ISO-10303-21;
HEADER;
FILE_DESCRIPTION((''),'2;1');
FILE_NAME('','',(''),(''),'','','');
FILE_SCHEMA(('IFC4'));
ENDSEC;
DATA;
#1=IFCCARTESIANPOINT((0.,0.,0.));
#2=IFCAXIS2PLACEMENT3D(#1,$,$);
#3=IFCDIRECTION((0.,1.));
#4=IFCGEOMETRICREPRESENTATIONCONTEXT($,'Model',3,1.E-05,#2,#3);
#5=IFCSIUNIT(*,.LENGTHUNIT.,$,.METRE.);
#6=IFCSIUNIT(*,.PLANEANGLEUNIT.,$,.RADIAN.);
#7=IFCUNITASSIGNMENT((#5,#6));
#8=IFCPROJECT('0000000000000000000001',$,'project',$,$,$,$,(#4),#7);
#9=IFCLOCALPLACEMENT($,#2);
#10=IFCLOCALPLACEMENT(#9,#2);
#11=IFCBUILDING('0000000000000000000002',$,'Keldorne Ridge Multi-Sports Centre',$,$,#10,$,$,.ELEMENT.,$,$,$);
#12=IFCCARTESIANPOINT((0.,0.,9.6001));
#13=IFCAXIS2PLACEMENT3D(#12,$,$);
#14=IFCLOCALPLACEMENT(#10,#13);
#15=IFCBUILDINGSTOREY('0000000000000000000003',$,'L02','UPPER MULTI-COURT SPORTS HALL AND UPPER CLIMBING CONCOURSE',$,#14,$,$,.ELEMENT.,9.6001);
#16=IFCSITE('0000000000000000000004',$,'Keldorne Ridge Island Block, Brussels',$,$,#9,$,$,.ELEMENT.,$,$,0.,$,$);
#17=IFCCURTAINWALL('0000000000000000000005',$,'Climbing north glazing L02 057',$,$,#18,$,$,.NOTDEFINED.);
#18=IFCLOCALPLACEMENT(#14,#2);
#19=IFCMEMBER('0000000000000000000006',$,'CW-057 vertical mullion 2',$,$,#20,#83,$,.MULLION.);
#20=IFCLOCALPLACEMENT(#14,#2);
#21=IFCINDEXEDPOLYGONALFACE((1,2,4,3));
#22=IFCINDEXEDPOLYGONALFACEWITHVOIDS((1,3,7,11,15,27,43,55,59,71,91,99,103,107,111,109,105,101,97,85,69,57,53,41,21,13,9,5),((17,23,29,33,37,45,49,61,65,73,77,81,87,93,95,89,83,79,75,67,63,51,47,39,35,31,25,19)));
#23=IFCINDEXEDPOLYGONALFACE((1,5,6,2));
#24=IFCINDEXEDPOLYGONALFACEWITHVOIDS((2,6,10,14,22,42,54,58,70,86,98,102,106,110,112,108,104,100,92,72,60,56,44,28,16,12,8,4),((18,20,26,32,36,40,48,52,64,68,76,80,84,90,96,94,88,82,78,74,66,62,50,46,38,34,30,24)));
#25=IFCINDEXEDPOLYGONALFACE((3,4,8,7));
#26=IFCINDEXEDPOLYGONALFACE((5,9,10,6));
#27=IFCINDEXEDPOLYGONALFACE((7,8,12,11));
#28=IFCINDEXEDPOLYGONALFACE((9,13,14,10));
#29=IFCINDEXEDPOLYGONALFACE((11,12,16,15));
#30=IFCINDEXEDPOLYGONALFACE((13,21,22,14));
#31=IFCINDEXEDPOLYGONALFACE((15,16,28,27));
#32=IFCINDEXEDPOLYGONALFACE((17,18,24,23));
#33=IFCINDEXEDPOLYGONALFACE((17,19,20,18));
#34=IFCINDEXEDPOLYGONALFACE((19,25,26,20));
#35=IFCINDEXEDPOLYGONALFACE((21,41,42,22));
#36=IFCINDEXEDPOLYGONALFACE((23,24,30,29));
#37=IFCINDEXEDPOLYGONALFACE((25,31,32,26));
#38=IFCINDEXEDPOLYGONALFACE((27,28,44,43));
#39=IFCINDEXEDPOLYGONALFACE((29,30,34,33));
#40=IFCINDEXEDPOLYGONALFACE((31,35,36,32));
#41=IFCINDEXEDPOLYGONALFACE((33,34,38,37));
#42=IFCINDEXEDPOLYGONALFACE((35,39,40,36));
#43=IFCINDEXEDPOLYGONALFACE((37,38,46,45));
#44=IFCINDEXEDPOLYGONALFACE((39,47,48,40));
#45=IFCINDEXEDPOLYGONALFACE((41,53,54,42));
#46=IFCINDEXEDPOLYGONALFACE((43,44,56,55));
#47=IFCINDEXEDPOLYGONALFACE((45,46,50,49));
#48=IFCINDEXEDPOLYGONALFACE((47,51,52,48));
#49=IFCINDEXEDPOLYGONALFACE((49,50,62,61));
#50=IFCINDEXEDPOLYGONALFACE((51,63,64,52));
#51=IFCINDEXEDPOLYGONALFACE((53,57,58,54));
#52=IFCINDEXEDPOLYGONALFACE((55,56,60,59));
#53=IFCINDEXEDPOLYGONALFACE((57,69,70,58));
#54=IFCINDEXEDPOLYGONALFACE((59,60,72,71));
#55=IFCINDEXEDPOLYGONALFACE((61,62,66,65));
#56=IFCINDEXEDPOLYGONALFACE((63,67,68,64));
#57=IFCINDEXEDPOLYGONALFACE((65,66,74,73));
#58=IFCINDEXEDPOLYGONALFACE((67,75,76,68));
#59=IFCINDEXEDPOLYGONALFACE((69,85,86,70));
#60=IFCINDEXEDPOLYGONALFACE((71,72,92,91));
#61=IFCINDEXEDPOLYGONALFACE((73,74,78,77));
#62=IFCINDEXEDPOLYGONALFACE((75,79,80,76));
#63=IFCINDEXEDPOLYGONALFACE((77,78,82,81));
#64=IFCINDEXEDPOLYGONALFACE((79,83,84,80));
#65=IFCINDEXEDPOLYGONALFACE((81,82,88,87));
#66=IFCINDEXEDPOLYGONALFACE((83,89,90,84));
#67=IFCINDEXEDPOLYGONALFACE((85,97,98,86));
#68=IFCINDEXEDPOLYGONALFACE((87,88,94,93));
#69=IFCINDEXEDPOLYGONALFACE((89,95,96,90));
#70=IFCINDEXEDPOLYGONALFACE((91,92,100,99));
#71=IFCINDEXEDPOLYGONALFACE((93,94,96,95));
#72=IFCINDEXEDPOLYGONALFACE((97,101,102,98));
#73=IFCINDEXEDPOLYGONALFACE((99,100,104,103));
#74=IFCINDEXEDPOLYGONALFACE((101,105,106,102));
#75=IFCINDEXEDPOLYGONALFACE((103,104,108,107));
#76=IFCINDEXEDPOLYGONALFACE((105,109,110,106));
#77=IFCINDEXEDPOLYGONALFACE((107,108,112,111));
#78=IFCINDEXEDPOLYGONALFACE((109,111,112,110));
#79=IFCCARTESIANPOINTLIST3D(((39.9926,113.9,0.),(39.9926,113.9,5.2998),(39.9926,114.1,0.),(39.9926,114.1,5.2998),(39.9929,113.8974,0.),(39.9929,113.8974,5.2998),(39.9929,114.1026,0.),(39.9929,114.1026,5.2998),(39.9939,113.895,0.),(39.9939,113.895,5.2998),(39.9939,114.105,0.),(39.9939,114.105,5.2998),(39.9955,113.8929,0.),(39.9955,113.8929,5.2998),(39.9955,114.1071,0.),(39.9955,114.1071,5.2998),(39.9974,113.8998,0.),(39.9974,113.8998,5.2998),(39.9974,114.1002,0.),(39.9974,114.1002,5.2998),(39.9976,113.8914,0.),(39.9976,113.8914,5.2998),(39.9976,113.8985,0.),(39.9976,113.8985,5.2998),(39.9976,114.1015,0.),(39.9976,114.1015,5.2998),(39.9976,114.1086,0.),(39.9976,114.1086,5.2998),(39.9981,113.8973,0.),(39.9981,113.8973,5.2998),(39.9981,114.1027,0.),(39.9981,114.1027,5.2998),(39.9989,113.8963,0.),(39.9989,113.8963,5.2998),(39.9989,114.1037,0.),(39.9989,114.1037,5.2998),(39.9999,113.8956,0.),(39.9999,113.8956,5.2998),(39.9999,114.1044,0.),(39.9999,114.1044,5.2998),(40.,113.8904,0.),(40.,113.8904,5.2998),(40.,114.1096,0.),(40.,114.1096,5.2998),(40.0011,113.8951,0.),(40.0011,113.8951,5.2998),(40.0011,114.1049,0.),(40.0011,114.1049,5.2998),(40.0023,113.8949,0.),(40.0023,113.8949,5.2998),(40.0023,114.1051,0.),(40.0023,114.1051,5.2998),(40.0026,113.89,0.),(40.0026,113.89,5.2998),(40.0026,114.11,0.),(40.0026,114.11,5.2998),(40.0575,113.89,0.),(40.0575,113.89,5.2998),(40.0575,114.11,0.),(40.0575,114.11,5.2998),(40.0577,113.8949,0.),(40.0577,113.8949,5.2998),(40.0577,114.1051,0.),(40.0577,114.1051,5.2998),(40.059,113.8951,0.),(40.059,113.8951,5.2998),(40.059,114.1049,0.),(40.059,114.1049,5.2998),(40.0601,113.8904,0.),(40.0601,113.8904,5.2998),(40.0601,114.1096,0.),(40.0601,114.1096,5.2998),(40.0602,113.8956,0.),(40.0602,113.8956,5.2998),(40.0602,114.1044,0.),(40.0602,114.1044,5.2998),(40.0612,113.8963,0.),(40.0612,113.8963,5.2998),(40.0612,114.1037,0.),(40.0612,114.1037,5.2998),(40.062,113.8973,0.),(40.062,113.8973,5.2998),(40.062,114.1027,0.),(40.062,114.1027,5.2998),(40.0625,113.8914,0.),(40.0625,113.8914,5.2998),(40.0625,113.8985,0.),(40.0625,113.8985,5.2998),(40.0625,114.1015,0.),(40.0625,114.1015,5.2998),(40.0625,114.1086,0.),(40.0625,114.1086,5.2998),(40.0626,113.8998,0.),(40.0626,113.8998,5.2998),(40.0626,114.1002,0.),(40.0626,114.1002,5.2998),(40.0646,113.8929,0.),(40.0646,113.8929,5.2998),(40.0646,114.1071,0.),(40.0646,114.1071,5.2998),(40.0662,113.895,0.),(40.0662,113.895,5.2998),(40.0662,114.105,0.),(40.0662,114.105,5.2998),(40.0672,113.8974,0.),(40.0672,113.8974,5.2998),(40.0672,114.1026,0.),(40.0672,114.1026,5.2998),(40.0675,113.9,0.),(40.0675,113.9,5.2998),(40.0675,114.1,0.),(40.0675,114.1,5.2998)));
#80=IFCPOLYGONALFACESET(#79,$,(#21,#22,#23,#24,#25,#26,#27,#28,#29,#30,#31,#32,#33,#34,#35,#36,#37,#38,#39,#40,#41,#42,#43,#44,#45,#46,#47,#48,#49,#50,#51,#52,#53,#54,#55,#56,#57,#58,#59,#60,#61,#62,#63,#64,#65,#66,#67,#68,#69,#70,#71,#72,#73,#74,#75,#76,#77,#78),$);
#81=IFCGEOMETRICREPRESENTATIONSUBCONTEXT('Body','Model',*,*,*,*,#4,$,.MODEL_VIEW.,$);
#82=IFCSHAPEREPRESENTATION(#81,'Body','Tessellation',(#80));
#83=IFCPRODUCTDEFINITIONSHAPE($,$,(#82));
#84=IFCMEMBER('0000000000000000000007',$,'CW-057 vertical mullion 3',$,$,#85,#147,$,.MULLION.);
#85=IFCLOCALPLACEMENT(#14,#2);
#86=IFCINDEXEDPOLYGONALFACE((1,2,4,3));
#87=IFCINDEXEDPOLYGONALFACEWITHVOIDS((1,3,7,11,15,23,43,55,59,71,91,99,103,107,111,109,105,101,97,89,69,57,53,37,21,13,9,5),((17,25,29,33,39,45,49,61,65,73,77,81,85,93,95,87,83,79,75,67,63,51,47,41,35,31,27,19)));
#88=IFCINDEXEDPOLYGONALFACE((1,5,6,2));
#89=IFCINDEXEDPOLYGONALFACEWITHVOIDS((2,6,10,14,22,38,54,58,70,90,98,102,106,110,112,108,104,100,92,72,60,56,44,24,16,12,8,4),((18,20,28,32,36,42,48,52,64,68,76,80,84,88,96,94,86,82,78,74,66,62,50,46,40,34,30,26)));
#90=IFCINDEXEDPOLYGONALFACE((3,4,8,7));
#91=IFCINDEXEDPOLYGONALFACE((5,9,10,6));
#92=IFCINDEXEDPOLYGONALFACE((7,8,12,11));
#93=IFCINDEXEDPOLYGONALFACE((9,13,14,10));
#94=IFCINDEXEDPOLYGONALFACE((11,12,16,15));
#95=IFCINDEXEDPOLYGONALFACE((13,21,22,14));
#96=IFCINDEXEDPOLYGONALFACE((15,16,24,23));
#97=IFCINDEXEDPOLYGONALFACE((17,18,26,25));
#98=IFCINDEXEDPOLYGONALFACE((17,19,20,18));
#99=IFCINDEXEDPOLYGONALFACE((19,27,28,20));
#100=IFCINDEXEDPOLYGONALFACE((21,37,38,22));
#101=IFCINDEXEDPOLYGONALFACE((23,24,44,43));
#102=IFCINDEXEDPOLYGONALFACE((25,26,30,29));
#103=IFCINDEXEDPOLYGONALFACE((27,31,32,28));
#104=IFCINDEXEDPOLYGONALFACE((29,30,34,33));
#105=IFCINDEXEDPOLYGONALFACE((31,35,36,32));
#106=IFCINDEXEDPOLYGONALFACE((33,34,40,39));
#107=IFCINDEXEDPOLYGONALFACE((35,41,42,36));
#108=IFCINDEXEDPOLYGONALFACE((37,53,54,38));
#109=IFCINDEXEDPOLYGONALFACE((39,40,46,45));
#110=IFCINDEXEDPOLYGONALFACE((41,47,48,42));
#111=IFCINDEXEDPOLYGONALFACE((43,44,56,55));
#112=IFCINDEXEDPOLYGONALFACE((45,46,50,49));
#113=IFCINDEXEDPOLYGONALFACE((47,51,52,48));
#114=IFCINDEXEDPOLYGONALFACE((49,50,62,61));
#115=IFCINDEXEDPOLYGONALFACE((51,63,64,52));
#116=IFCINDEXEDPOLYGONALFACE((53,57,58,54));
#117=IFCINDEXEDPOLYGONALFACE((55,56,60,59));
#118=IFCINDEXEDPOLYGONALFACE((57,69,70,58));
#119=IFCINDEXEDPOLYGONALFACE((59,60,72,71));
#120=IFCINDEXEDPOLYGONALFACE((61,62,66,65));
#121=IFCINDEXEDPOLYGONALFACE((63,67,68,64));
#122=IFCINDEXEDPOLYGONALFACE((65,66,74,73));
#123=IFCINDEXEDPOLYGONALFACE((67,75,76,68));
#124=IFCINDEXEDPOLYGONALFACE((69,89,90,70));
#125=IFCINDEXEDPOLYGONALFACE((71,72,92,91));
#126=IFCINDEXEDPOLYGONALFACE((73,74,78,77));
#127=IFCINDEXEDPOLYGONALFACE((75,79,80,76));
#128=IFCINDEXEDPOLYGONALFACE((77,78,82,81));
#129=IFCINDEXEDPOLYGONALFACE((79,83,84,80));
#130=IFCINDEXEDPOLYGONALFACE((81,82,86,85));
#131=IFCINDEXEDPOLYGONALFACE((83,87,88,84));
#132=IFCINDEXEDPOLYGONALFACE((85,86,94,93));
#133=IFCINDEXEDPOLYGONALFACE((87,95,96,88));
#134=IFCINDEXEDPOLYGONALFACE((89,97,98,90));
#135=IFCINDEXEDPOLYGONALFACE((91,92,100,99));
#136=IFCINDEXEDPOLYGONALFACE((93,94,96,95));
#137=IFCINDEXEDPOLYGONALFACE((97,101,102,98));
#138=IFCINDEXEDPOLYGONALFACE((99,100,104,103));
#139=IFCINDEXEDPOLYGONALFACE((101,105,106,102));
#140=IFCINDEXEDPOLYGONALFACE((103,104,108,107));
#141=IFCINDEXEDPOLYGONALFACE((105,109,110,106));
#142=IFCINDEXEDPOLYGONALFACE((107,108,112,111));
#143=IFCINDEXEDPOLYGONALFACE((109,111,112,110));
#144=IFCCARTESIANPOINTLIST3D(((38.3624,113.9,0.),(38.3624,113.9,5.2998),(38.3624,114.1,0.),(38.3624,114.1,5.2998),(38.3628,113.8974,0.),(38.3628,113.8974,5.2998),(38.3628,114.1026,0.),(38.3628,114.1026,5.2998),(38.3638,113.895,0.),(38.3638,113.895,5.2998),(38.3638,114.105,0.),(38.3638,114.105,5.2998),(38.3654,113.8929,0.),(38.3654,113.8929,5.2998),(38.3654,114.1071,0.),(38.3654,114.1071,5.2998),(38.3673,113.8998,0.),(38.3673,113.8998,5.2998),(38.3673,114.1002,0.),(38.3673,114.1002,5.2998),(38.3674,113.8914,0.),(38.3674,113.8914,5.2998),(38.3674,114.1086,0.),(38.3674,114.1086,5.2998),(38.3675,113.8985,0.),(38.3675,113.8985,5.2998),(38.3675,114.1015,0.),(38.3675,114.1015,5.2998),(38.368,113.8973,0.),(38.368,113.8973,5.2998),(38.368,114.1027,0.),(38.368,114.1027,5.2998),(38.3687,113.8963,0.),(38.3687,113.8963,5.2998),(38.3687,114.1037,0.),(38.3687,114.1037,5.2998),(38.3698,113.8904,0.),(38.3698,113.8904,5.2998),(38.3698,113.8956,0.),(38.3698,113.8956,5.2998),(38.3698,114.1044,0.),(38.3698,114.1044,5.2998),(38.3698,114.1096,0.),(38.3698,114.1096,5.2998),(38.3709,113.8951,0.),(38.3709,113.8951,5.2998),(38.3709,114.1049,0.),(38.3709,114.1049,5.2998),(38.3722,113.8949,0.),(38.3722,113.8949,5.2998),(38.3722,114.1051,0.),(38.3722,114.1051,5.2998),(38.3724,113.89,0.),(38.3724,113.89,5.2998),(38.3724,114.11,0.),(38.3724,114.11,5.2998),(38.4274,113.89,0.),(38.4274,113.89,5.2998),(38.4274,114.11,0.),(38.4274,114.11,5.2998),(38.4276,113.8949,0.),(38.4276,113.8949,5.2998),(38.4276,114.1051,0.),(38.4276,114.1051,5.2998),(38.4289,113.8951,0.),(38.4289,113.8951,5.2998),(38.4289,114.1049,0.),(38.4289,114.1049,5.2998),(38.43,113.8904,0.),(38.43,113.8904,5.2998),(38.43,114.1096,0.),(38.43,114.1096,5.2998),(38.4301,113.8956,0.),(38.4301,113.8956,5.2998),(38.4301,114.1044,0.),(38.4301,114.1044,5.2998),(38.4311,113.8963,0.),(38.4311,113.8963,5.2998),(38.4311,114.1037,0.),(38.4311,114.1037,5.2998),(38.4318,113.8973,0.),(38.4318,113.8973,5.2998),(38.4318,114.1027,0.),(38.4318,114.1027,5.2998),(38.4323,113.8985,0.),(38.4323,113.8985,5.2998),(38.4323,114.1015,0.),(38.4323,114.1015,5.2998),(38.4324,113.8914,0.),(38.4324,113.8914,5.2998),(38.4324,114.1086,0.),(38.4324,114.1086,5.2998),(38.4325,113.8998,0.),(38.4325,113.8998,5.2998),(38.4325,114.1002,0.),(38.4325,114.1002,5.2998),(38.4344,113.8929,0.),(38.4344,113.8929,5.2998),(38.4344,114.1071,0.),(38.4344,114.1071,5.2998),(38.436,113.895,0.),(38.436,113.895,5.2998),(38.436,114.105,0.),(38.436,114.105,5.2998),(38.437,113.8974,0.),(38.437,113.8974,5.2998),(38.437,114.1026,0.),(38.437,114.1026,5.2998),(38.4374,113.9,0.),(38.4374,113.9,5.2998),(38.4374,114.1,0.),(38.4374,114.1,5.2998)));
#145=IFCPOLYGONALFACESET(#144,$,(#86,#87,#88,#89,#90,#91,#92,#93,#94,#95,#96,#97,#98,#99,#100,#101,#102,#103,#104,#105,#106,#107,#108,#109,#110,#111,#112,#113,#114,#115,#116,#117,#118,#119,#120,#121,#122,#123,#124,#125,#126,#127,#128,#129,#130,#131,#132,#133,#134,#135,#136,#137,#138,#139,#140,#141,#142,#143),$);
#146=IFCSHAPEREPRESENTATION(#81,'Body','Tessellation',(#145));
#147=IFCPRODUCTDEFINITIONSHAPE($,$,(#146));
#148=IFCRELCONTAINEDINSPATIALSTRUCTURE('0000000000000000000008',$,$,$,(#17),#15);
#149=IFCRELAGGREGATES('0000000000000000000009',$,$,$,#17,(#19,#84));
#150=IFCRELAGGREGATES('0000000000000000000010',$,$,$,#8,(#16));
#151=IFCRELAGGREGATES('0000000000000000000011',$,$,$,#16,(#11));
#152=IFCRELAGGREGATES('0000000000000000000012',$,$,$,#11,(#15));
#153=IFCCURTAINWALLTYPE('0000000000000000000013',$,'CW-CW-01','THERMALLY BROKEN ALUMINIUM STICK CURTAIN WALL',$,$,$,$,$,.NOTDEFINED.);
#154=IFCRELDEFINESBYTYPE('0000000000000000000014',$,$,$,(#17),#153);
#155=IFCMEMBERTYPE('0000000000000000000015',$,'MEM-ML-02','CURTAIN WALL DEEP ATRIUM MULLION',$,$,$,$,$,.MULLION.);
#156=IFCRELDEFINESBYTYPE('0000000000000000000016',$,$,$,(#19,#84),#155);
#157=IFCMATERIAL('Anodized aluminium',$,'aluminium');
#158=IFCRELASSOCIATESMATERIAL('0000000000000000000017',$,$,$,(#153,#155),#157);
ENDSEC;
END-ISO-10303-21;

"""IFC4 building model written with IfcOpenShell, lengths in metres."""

from ifc_helpers import new_model, si_unit, direction, frame, origin, origin_2d, place, context, subcontext, project, spatial, hollow_rectangle, extrude, material, material_profile, profile_set, type_object, element, aggregate, save


model = new_model("IFC4")

# Units and contexts
model_context = context("Model", 3, precision=1e-05, world=origin(), true_north=direction((0.0, 1.0)))
body_context = subcontext(model_context, "Body", "Model", "MODEL_VIEW")
ifc_project = project(units=[si_unit("LENGTHUNIT", "METRE"), si_unit("PLANEANGLEUNIT", "RADIAN")], contexts=[model_context])

# Site, building, storey
site_placement = place(None, origin())
site = spatial("IfcSite", under=ifc_project, at=site_placement, Name="Keldorne Ridge Island Block, Brussels", CompositionType="ELEMENT", RefElevation=0.0)
building_placement = place(site_placement, origin())
building = spatial("IfcBuilding", under=site, at=building_placement, Name="Keldorne Ridge Multi-Sports Centre", CompositionType="ELEMENT")
storey_placement = place(building_placement, frame((0.0, 0.0, 9.6001)))
storey = spatial("IfcBuildingStorey", under=building, at=storey_placement, Name="L02", Description="UPPER MULTI-COURT SPORTS HALL AND UPPER CLIMBING CONCOURSE", CompositionType="ELEMENT", Elevation=9.6001)

# Shared definitions
ifc_material_1 = material(Name="Anodized aluminium", Category="aluminium")

# Curtain wall, members
curtain_wall_type_1 = type_object("IfcCurtainWallType", Name="CW-CW-01", Description="THERMALLY BROKEN ALUMINIUM STICK CURTAIN WALL", PredefinedType="NOTDEFINED", material=ifc_material_1)
curtain_wall_1_placement = place(storey_placement, origin())
curtain_wall_1 = element("IfcCurtainWall", 1, at=curtain_wall_1_placement, inside=storey, type_object=curtain_wall_type_1, Name="Climbing north glazing L02 057", PredefinedType="NOTDEFINED")
ifc_material_profile_1 = material_profile(ifc_material_1, hollow_rectangle(XDim=0.075, YDim=0.22, WallThickness=0.0049, InnerFilletRadius=0.0049, OuterFilletRadius=0.01, at=origin_2d()), Name="ALU MULLION 220x75x5")
ifc_profile_set_1 = profile_set([ifc_material_profile_1], Name="Anodized aluminium")
member_type_1 = type_object("IfcMemberType", Name="MEM-ML-02", Description="CURTAIN WALL DEEP ATRIUM MULLION", PredefinedType="MULLION", material=ifc_profile_set_1)
member_1_placement = place(storey_placement, frame((40.03, 114.0, 0.0), z_axis=(0.0, 0.0, 1.0), x_axis=(1.0, 0.0, 0.0)))
member_1 = element("IfcMember", 2, at=member_1_placement, type_object=member_type_1, Name="CW-057 vertical mullion 2", PredefinedType="MULLION", context=body_context, shape_type="SweptSolid", body=[
    extrude(hollow_rectangle(XDim=0.075, YDim=0.22, WallThickness=0.0049, InnerFilletRadius=0.0049, OuterFilletRadius=0.01, at=origin_2d()), origin(), (0.0, 0.0, 1.0), 5.2998),
])
member_2_placement = place(storey_placement, frame((38.3999, 114.0, 0.0), z_axis=(0.0, 0.0, 1.0), x_axis=(1.0, 0.0, 0.0)))
member_2 = element("IfcMember", 3, at=member_2_placement, type_object=member_type_1, Name="CW-057 vertical mullion 3", PredefinedType="MULLION", context=body_context, shape_type="SweptSolid", body=[
    extrude(hollow_rectangle(XDim=0.075, YDim=0.22, WallThickness=0.0049, InnerFilletRadius=0.0049, OuterFilletRadius=0.01, at=origin_2d()), origin(), (0.0, 0.0, 1.0), 5.2998),
])

aggregate(curtain_wall_1, [member_1, member_2])

save(model, "model.ifc")
